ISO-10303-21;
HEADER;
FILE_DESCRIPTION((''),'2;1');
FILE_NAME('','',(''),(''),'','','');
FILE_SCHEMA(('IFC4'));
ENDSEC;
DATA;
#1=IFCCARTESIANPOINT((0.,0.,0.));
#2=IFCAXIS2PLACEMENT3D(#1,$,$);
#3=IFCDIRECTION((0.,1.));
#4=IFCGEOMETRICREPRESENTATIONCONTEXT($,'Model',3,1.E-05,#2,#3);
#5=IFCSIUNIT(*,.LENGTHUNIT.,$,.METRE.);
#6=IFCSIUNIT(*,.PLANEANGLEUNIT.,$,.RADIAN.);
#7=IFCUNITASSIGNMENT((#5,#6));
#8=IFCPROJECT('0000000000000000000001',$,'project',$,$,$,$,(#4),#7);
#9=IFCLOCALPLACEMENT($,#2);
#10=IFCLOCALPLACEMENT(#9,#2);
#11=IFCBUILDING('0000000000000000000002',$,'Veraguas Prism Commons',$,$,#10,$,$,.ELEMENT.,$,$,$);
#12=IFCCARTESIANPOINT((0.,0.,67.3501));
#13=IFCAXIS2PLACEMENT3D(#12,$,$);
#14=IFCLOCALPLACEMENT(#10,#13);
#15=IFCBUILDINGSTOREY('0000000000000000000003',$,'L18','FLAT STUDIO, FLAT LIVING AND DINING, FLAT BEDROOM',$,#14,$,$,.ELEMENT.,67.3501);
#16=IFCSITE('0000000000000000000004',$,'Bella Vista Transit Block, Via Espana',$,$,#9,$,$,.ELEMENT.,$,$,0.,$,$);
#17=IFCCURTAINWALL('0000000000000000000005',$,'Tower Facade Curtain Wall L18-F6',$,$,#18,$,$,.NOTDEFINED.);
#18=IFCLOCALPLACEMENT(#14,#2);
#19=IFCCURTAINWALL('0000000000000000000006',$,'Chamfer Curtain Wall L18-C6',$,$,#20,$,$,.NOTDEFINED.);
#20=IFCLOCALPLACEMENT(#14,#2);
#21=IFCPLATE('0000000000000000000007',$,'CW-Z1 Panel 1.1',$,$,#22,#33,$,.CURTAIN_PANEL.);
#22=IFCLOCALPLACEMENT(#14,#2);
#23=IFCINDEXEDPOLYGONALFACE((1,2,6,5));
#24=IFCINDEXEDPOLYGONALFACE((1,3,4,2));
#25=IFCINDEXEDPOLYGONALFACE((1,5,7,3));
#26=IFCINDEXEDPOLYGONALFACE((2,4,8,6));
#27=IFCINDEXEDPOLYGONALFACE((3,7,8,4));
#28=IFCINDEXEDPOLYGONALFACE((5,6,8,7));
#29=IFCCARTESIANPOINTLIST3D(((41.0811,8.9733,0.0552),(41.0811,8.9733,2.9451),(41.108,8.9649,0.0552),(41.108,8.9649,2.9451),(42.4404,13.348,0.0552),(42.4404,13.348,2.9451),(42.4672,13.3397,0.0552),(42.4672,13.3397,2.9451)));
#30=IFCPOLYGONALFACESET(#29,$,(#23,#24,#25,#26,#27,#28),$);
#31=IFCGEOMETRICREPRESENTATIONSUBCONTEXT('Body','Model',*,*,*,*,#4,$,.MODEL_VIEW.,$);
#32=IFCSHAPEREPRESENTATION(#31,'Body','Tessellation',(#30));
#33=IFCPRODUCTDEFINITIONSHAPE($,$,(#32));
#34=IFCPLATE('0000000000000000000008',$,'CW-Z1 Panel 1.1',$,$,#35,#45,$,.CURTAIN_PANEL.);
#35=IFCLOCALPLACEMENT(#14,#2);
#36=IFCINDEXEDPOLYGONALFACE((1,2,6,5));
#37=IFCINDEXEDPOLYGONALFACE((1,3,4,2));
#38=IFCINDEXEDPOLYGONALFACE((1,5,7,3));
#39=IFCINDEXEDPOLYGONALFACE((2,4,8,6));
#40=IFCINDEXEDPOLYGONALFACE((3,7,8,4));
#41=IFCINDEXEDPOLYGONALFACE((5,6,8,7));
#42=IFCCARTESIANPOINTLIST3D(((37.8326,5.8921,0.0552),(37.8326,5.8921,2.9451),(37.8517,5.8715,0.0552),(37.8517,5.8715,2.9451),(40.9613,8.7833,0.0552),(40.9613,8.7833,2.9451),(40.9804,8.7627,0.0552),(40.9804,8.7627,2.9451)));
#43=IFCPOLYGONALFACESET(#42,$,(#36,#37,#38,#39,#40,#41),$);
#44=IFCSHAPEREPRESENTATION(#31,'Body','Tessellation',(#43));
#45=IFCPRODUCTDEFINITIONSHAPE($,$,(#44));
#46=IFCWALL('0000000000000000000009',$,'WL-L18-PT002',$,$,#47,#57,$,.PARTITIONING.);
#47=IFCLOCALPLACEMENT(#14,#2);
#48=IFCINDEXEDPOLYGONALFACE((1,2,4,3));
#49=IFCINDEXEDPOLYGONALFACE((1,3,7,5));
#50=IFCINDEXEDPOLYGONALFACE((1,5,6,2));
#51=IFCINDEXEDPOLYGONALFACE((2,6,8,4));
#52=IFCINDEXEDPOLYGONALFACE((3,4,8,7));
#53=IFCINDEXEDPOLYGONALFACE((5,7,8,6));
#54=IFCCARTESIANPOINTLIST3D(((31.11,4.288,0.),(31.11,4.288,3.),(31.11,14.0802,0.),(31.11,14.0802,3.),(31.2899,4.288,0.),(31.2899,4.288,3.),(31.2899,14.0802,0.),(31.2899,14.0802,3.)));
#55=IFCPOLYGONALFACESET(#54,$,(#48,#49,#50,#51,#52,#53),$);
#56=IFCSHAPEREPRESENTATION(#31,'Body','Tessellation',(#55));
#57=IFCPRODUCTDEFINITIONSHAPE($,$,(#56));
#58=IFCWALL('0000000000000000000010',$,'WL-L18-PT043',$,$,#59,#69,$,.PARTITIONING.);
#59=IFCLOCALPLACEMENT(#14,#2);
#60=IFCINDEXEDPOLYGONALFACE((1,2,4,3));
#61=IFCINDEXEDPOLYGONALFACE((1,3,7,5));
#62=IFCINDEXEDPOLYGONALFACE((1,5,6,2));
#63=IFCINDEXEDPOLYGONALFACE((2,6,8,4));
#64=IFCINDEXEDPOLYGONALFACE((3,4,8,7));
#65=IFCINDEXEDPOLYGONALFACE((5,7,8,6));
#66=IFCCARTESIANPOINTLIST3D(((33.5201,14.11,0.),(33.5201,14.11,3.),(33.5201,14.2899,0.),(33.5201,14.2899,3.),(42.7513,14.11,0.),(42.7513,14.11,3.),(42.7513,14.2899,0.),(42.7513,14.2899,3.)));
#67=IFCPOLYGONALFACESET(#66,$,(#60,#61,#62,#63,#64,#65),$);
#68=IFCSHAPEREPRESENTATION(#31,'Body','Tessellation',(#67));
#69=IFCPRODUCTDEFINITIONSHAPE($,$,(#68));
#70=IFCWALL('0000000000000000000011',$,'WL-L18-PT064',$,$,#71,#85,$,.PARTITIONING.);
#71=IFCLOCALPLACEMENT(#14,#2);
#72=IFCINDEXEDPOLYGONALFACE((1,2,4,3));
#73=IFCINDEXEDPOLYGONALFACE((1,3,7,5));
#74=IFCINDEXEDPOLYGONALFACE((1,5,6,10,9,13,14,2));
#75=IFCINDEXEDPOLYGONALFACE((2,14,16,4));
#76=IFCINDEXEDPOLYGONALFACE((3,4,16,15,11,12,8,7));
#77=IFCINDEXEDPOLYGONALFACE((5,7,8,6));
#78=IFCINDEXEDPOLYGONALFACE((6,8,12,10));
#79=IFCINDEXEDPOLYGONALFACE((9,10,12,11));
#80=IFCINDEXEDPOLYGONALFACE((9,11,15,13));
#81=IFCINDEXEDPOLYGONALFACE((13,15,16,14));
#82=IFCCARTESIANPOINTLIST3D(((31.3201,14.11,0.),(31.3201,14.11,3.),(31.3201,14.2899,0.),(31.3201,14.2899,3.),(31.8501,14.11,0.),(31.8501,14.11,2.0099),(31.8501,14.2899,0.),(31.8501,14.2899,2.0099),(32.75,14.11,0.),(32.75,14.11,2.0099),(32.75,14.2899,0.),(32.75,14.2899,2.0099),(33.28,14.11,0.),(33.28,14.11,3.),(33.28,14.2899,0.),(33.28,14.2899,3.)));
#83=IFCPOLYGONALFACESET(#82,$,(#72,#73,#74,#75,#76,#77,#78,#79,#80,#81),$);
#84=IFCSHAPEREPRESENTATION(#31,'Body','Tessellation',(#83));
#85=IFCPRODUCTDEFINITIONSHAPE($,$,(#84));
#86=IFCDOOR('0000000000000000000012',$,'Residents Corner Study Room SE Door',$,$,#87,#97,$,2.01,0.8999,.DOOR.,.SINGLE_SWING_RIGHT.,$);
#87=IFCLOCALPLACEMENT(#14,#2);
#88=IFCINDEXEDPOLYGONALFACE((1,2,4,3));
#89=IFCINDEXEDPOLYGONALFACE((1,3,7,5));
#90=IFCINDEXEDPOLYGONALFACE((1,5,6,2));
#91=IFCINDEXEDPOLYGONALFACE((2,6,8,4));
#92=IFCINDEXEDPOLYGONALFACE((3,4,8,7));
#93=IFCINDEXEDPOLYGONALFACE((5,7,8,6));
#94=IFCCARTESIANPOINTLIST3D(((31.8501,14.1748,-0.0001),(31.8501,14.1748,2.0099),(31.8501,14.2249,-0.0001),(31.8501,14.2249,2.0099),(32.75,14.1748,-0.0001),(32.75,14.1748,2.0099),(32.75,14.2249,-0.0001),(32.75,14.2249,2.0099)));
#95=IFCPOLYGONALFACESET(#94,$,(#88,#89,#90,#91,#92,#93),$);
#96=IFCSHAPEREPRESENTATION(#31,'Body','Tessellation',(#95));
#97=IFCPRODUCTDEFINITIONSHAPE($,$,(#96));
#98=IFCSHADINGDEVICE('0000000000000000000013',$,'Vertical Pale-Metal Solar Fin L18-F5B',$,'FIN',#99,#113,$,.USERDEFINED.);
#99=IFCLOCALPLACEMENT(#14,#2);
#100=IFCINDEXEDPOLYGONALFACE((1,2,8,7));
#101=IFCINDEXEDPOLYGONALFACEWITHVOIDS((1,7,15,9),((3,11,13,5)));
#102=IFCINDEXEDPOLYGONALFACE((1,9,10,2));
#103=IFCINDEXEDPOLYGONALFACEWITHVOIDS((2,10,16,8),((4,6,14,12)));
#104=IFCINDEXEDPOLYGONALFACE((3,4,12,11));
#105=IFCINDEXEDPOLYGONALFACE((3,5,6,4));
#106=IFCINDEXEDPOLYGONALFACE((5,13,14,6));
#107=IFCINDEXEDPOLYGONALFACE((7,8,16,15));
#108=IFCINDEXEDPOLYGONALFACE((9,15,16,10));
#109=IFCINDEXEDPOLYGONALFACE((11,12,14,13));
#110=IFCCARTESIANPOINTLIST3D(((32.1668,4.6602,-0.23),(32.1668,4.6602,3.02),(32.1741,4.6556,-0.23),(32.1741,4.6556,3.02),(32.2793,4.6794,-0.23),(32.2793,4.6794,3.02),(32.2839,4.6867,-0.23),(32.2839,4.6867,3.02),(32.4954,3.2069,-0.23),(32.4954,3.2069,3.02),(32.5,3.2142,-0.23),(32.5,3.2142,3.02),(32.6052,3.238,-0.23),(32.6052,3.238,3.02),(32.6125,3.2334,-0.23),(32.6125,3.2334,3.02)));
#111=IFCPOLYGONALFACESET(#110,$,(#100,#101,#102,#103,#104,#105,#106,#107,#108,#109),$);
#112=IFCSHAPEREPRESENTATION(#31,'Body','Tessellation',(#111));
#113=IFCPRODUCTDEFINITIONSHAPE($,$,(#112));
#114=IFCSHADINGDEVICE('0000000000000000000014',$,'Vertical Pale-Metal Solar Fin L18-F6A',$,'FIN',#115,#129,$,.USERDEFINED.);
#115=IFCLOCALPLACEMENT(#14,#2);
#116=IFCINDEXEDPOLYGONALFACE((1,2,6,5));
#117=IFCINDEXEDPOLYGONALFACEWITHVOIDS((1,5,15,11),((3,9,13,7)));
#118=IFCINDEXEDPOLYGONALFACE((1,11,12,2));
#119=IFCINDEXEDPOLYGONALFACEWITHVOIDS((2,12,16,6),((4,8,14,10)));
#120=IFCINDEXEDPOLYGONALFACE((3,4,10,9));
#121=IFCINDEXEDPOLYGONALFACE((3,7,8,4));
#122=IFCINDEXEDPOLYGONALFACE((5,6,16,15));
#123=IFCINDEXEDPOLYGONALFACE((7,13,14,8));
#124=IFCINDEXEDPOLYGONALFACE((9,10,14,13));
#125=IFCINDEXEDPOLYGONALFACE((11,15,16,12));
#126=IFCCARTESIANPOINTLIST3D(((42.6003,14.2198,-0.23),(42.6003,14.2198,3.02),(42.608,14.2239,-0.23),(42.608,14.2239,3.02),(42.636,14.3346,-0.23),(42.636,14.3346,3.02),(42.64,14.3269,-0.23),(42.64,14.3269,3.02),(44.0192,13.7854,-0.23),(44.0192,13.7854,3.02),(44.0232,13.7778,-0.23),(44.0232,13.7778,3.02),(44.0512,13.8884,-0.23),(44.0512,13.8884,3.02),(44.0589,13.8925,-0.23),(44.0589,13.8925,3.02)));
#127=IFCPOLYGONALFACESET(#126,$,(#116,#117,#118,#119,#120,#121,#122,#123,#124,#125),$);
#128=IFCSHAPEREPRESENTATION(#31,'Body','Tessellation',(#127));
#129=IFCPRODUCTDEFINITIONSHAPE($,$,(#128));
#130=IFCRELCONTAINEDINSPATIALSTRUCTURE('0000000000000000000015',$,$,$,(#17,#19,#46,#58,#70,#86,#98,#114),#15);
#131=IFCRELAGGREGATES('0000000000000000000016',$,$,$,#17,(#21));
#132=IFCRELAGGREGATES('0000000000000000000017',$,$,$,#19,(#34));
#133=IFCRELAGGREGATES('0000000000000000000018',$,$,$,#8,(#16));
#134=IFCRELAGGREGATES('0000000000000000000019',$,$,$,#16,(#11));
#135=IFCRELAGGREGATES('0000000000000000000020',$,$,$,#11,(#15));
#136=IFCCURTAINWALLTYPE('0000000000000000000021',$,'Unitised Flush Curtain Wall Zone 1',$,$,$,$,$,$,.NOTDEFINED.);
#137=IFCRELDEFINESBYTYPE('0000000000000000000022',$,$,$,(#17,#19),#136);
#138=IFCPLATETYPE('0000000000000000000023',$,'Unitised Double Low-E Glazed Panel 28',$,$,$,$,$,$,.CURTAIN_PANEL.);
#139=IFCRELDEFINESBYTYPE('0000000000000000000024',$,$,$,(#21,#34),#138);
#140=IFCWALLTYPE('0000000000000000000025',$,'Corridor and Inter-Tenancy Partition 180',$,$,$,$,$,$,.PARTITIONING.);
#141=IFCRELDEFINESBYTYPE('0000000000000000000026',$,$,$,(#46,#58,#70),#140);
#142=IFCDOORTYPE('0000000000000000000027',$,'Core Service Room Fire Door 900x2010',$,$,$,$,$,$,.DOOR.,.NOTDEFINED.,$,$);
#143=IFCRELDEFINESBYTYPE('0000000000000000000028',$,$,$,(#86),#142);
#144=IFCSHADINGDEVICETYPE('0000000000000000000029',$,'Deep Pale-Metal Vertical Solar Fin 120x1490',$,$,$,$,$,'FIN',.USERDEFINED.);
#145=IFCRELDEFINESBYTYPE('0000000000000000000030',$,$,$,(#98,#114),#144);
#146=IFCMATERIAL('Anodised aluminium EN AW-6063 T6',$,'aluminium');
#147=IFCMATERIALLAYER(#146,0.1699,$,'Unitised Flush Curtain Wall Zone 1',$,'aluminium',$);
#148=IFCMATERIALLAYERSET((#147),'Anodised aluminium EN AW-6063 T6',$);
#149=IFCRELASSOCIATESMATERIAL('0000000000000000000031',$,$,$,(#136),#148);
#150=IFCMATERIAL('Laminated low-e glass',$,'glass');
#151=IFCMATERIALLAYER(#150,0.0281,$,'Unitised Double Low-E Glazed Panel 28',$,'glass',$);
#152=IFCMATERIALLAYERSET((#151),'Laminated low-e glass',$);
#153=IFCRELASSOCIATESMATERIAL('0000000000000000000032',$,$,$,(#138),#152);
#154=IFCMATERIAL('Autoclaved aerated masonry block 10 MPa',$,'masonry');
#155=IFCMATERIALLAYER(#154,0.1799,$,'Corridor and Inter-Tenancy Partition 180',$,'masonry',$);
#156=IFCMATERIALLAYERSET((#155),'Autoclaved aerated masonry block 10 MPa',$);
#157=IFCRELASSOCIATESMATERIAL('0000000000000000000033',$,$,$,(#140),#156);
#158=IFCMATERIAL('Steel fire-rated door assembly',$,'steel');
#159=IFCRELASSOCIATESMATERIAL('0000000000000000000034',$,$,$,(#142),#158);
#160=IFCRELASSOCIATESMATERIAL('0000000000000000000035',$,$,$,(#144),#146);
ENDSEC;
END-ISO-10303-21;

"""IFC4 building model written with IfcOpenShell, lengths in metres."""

from ifc_helpers import new_model, si_unit, direction, frame, frame_2d, origin, origin_2d, place, context, subcontext, project, spatial, rectangle, hollow_rectangle, extrude, source, transform, mapped, material, layer, layer_set, material_profile, profile_set, type_object, element, fill, aggregate, save


model = new_model("IFC4")

# Units and contexts
model_context = context("Model", 3, precision=1e-05, world=origin(), true_north=direction((0.0, 1.0)))
body_context = subcontext(model_context, "Body", "Model", "MODEL_VIEW")
ifc_project = project(units=[si_unit("LENGTHUNIT", "METRE"), si_unit("PLANEANGLEUNIT", "RADIAN")], contexts=[model_context])

# Site, building, storey
site_placement = place(None, origin())
site = spatial("IfcSite", under=ifc_project, at=site_placement, Name="Bella Vista Transit Block, Via Espana", CompositionType="ELEMENT", RefElevation=0.0)
building_placement = place(site_placement, origin())
building = spatial("IfcBuilding", under=site, at=building_placement, Name="Veraguas Prism Commons", CompositionType="ELEMENT")
storey_placement = place(building_placement, frame((0.0, 0.0, 67.3501)))
storey = spatial("IfcBuildingStorey", under=building, at=storey_placement, Name="L18", Description="FLAT STUDIO, FLAT LIVING AND DINING, FLAT BEDROOM", CompositionType="ELEMENT", Elevation=67.3501)

# Curtain wall
ifc_material_1 = material(Name="Anodised aluminium EN AW-6063 T6", Category="aluminium")
ifc_layer_1 = layer(ifc_material_1, 0.1699, Name="Unitised Flush Curtain Wall Zone 1", Category="aluminium")
ifc_layer_set_1 = layer_set([ifc_layer_1], Name="Anodised aluminium EN AW-6063 T6")
curtain_wall_type = type_object("IfcCurtainWallType", Name="Unitised Flush Curtain Wall Zone 1", PredefinedType="NOTDEFINED", material=ifc_layer_set_1)
curtain_wall_1_placement = place(storey_placement, origin())
curtain_wall_1 = element("IfcCurtainWall", 1, at=curtain_wall_1_placement, inside=storey, type_object=curtain_wall_type, Name="Tower Facade Curtain Wall L18-F6", PredefinedType="NOTDEFINED")

# Curtain wall
curtain_wall_2_placement = place(storey_placement, origin())
curtain_wall_2 = element("IfcCurtainWall", 2, at=curtain_wall_2_placement, inside=storey, type_object=curtain_wall_type, Name="Chamfer Curtain Wall L18-C6", PredefinedType="NOTDEFINED")

# Plates
ifc_material_2 = material(Name="Laminated low-e glass", Category="glass")
ifc_layer_2 = layer(ifc_material_2, 0.0281, Name="Unitised Double Low-E Glazed Panel 28", Category="glass")
ifc_layer_set_2 = layer_set([ifc_layer_2], Name="Laminated low-e glass")
plate_type = type_object("IfcPlateType", Name="Unitised Double Low-E Glazed Panel 28", PredefinedType="CURTAIN_PANEL", material=ifc_layer_set_2)
shared_shape_1 = source(origin(), body_context, "Body", "SweptSolid", [
    extrude(rectangle(XDim=4.5811, YDim=0.0281, at=origin_2d()), origin(), (0.0, 0.0, 1.0), 2.8899),
])
plate_1_placement = place(storey_placement, frame((41.7742, 11.1565, 0.0552), z_axis=(0.0, 0.0, 1.0), x_axis=(0.29671, 0.954968, 0.0)))
plate_1 = element("IfcPlate", 3, at=plate_1_placement, type_object=plate_type, Name="CW-Z1 Panel 1.1", PredefinedType="CURTAIN_PANEL", context=body_context, shape_type="MappedRepresentation", body=[
    mapped(shared_shape_1, transform((0.0, 0.0, 0.0), scale=1.0)),
])
aggregate(curtain_wall_1, [plate_1])
shared_shape_2 = source(origin(), body_context, "Body", "SweptSolid", [
    extrude(rectangle(XDim=4.26, YDim=0.0281, at=origin_2d()), origin(), (0.0, 0.0, 1.0), 2.8899),
])
plate_2_placement = place(storey_placement, frame((39.4065, 7.3274, 0.0552), z_axis=(0.0, 0.0, 1.0), x_axis=(0.734434, 0.67868, 0.0)))
plate_2 = element("IfcPlate", 4, at=plate_2_placement, type_object=plate_type, Name="CW-Z1 Panel 1.1", PredefinedType="CURTAIN_PANEL", context=body_context, shape_type="MappedRepresentation", body=[
    mapped(shared_shape_2, transform((0.0, 0.0, 0.0), scale=1.0)),
])
aggregate(curtain_wall_2, [plate_2])

# Walls
ifc_material_3 = material(Name="Autoclaved aerated masonry block 10 MPa", Category="masonry")
ifc_layer_3 = layer(ifc_material_3, 0.1799, Name="Corridor and Inter-Tenancy Partition 180", Category="masonry")
ifc_layer_set_3 = layer_set([ifc_layer_3], Name="Autoclaved aerated masonry block 10 MPa")
wall_type = type_object("IfcWallType", Name="Corridor and Inter-Tenancy Partition 180", PredefinedType="PARTITIONING", material=ifc_layer_set_3)
wall_1_placement = place(storey_placement, frame((31.2, 14.0801, 0.0), z_axis=(0.0, 0.0, 1.0), x_axis=(0.0, -1.0, 0.0)))
element("IfcWall", 5, at=wall_1_placement, inside=storey, type_object=wall_type, Name="WL-L18-PT002", PredefinedType="PARTITIONING", context=body_context, shape_type="SweptSolid", body=[
    extrude(rectangle(XDim=9.7922, YDim=0.1799, at=frame_2d((4.896, 0.0))), origin(), (0.0, 0.0, 1.0), 3.0),
])
wall_2_placement = place(storey_placement, frame((33.52, 14.2, 0.0), z_axis=(0.0, 0.0, 1.0), x_axis=(1.0, 0.0, 0.0)))
element("IfcWall", 6, at=wall_2_placement, inside=storey, type_object=wall_type, Name="WL-L18-PT043", PredefinedType="PARTITIONING", context=body_context, shape_type="SweptSolid", body=[
    extrude(rectangle(XDim=9.2312, YDim=0.1799, at=frame_2d((4.6157, 0.0))), origin(), (0.0, 0.0, 1.0), 3.0),
])

# Wall, opening, door
wall_3_placement = place(storey_placement, frame((31.3201, 14.2, 0.0), z_axis=(0.0, 0.0, 1.0), x_axis=(1.0, 0.0, 0.0)))
wall_3 = element("IfcWall", 7, at=wall_3_placement, inside=storey, type_object=wall_type, Name="WL-L18-PT064", PredefinedType="PARTITIONING", context=body_context, shape_type="SweptSolid", body=[
    extrude(rectangle(XDim=1.96, YDim=0.1799, at=frame_2d((0.98, 0.0))), origin(), (0.0, 0.0, 1.0), 3.0),
])
opening_placement = place(wall_3_placement, frame((0.53, 0.0, 0.0)))
opening = element("IfcOpeningElement", 8, at=opening_placement, cuts=wall_3, PredefinedType="OPENING", context=body_context, shape_type="SweptSolid", body=[
    extrude(rectangle(XDim=0.8999, YDim=2.01, at=frame_2d((0.45, 1.0049))), frame((0.0, 0.0999, 0.0), z_axis=(0.0, -1.0, 0.0), x_axis=(1.0, 0.0, 0.0)), (0.0, 0.0, 1.0), 0.2),
])
ifc_material_4 = material(Name="Steel fire-rated door assembly", Category="steel")
door_type = type_object("IfcDoorType", Name="Core Service Room Fire Door 900x2010", OperationType="NOTDEFINED", PredefinedType="DOOR", material=ifc_material_4)
shared_shape_3 = source(origin(), body_context, "Body", "SweptSolid", [
    extrude(rectangle(XDim=0.8999, YDim=2.01, at=frame_2d((0.45, 1.0049))), frame((0.0, 0.0249, 0.0), z_axis=(0.0, -1.0, 0.0), x_axis=(1.0, 0.0, 0.0)), (0.0, 0.0, 1.0), 0.05),
])
door_placement = place(opening_placement, origin())
door = element("IfcDoor", 9, at=door_placement, inside=storey, type_object=door_type, Name="Residents Corner Study Room SE Door", OperationType="SINGLE_SWING_RIGHT", OverallHeight=2.01, OverallWidth=0.8999, PredefinedType="DOOR", context=body_context, shape_type="MappedRepresentation", body=[
    mapped(shared_shape_3, transform((0.0, 0.0, 0.0), scale=1.0)),
])
fill(opening, door)

# Shading devices
ifc_material_profile_1 = material_profile(ifc_material_1, hollow_rectangle(XDim=0.1201, YDim=1.49, WallThickness=0.0061, at=origin_2d()), Name="FIN120X1490X6")
ifc_profile_set_1 = profile_set([ifc_material_profile_1], Name="Anodised aluminium EN AW-6063 T6")
shading_device_type = type_object("IfcShadingDeviceType", Name="Deep Pale-Metal Vertical Solar Fin 120x1490", ElementType="FIN", PredefinedType="USERDEFINED", material=ifc_profile_set_1)
for number, where, z_axis, x_axis, name in (
    (10, (32.3896, 3.9468, -0.23), (0.0, 0.0, 1.0), (0.97538, 0.220529, 0.0), "Vertical Pale-Metal Solar Fin L18-F5B"),
    (11, (43.3296, 14.0562, -0.23), (0.0, 0.0, 1.0), (0.29671, 0.954968, 0.0), "Vertical Pale-Metal Solar Fin L18-F6A"),
):
    element("IfcShadingDevice", number, at=place(storey_placement, frame(where, z_axis=z_axis, x_axis=x_axis)), inside=storey, type_object=shading_device_type, Name=name, ObjectType="FIN", PredefinedType="USERDEFINED", context=body_context, shape_type="SweptSolid", body=[
        extrude(hollow_rectangle(XDim=0.1201, YDim=1.49, WallThickness=0.0061, at=origin_2d()), origin(), (0.0, 0.0, 1.0), 3.25),
    ])

save(model, "model.ifc")
